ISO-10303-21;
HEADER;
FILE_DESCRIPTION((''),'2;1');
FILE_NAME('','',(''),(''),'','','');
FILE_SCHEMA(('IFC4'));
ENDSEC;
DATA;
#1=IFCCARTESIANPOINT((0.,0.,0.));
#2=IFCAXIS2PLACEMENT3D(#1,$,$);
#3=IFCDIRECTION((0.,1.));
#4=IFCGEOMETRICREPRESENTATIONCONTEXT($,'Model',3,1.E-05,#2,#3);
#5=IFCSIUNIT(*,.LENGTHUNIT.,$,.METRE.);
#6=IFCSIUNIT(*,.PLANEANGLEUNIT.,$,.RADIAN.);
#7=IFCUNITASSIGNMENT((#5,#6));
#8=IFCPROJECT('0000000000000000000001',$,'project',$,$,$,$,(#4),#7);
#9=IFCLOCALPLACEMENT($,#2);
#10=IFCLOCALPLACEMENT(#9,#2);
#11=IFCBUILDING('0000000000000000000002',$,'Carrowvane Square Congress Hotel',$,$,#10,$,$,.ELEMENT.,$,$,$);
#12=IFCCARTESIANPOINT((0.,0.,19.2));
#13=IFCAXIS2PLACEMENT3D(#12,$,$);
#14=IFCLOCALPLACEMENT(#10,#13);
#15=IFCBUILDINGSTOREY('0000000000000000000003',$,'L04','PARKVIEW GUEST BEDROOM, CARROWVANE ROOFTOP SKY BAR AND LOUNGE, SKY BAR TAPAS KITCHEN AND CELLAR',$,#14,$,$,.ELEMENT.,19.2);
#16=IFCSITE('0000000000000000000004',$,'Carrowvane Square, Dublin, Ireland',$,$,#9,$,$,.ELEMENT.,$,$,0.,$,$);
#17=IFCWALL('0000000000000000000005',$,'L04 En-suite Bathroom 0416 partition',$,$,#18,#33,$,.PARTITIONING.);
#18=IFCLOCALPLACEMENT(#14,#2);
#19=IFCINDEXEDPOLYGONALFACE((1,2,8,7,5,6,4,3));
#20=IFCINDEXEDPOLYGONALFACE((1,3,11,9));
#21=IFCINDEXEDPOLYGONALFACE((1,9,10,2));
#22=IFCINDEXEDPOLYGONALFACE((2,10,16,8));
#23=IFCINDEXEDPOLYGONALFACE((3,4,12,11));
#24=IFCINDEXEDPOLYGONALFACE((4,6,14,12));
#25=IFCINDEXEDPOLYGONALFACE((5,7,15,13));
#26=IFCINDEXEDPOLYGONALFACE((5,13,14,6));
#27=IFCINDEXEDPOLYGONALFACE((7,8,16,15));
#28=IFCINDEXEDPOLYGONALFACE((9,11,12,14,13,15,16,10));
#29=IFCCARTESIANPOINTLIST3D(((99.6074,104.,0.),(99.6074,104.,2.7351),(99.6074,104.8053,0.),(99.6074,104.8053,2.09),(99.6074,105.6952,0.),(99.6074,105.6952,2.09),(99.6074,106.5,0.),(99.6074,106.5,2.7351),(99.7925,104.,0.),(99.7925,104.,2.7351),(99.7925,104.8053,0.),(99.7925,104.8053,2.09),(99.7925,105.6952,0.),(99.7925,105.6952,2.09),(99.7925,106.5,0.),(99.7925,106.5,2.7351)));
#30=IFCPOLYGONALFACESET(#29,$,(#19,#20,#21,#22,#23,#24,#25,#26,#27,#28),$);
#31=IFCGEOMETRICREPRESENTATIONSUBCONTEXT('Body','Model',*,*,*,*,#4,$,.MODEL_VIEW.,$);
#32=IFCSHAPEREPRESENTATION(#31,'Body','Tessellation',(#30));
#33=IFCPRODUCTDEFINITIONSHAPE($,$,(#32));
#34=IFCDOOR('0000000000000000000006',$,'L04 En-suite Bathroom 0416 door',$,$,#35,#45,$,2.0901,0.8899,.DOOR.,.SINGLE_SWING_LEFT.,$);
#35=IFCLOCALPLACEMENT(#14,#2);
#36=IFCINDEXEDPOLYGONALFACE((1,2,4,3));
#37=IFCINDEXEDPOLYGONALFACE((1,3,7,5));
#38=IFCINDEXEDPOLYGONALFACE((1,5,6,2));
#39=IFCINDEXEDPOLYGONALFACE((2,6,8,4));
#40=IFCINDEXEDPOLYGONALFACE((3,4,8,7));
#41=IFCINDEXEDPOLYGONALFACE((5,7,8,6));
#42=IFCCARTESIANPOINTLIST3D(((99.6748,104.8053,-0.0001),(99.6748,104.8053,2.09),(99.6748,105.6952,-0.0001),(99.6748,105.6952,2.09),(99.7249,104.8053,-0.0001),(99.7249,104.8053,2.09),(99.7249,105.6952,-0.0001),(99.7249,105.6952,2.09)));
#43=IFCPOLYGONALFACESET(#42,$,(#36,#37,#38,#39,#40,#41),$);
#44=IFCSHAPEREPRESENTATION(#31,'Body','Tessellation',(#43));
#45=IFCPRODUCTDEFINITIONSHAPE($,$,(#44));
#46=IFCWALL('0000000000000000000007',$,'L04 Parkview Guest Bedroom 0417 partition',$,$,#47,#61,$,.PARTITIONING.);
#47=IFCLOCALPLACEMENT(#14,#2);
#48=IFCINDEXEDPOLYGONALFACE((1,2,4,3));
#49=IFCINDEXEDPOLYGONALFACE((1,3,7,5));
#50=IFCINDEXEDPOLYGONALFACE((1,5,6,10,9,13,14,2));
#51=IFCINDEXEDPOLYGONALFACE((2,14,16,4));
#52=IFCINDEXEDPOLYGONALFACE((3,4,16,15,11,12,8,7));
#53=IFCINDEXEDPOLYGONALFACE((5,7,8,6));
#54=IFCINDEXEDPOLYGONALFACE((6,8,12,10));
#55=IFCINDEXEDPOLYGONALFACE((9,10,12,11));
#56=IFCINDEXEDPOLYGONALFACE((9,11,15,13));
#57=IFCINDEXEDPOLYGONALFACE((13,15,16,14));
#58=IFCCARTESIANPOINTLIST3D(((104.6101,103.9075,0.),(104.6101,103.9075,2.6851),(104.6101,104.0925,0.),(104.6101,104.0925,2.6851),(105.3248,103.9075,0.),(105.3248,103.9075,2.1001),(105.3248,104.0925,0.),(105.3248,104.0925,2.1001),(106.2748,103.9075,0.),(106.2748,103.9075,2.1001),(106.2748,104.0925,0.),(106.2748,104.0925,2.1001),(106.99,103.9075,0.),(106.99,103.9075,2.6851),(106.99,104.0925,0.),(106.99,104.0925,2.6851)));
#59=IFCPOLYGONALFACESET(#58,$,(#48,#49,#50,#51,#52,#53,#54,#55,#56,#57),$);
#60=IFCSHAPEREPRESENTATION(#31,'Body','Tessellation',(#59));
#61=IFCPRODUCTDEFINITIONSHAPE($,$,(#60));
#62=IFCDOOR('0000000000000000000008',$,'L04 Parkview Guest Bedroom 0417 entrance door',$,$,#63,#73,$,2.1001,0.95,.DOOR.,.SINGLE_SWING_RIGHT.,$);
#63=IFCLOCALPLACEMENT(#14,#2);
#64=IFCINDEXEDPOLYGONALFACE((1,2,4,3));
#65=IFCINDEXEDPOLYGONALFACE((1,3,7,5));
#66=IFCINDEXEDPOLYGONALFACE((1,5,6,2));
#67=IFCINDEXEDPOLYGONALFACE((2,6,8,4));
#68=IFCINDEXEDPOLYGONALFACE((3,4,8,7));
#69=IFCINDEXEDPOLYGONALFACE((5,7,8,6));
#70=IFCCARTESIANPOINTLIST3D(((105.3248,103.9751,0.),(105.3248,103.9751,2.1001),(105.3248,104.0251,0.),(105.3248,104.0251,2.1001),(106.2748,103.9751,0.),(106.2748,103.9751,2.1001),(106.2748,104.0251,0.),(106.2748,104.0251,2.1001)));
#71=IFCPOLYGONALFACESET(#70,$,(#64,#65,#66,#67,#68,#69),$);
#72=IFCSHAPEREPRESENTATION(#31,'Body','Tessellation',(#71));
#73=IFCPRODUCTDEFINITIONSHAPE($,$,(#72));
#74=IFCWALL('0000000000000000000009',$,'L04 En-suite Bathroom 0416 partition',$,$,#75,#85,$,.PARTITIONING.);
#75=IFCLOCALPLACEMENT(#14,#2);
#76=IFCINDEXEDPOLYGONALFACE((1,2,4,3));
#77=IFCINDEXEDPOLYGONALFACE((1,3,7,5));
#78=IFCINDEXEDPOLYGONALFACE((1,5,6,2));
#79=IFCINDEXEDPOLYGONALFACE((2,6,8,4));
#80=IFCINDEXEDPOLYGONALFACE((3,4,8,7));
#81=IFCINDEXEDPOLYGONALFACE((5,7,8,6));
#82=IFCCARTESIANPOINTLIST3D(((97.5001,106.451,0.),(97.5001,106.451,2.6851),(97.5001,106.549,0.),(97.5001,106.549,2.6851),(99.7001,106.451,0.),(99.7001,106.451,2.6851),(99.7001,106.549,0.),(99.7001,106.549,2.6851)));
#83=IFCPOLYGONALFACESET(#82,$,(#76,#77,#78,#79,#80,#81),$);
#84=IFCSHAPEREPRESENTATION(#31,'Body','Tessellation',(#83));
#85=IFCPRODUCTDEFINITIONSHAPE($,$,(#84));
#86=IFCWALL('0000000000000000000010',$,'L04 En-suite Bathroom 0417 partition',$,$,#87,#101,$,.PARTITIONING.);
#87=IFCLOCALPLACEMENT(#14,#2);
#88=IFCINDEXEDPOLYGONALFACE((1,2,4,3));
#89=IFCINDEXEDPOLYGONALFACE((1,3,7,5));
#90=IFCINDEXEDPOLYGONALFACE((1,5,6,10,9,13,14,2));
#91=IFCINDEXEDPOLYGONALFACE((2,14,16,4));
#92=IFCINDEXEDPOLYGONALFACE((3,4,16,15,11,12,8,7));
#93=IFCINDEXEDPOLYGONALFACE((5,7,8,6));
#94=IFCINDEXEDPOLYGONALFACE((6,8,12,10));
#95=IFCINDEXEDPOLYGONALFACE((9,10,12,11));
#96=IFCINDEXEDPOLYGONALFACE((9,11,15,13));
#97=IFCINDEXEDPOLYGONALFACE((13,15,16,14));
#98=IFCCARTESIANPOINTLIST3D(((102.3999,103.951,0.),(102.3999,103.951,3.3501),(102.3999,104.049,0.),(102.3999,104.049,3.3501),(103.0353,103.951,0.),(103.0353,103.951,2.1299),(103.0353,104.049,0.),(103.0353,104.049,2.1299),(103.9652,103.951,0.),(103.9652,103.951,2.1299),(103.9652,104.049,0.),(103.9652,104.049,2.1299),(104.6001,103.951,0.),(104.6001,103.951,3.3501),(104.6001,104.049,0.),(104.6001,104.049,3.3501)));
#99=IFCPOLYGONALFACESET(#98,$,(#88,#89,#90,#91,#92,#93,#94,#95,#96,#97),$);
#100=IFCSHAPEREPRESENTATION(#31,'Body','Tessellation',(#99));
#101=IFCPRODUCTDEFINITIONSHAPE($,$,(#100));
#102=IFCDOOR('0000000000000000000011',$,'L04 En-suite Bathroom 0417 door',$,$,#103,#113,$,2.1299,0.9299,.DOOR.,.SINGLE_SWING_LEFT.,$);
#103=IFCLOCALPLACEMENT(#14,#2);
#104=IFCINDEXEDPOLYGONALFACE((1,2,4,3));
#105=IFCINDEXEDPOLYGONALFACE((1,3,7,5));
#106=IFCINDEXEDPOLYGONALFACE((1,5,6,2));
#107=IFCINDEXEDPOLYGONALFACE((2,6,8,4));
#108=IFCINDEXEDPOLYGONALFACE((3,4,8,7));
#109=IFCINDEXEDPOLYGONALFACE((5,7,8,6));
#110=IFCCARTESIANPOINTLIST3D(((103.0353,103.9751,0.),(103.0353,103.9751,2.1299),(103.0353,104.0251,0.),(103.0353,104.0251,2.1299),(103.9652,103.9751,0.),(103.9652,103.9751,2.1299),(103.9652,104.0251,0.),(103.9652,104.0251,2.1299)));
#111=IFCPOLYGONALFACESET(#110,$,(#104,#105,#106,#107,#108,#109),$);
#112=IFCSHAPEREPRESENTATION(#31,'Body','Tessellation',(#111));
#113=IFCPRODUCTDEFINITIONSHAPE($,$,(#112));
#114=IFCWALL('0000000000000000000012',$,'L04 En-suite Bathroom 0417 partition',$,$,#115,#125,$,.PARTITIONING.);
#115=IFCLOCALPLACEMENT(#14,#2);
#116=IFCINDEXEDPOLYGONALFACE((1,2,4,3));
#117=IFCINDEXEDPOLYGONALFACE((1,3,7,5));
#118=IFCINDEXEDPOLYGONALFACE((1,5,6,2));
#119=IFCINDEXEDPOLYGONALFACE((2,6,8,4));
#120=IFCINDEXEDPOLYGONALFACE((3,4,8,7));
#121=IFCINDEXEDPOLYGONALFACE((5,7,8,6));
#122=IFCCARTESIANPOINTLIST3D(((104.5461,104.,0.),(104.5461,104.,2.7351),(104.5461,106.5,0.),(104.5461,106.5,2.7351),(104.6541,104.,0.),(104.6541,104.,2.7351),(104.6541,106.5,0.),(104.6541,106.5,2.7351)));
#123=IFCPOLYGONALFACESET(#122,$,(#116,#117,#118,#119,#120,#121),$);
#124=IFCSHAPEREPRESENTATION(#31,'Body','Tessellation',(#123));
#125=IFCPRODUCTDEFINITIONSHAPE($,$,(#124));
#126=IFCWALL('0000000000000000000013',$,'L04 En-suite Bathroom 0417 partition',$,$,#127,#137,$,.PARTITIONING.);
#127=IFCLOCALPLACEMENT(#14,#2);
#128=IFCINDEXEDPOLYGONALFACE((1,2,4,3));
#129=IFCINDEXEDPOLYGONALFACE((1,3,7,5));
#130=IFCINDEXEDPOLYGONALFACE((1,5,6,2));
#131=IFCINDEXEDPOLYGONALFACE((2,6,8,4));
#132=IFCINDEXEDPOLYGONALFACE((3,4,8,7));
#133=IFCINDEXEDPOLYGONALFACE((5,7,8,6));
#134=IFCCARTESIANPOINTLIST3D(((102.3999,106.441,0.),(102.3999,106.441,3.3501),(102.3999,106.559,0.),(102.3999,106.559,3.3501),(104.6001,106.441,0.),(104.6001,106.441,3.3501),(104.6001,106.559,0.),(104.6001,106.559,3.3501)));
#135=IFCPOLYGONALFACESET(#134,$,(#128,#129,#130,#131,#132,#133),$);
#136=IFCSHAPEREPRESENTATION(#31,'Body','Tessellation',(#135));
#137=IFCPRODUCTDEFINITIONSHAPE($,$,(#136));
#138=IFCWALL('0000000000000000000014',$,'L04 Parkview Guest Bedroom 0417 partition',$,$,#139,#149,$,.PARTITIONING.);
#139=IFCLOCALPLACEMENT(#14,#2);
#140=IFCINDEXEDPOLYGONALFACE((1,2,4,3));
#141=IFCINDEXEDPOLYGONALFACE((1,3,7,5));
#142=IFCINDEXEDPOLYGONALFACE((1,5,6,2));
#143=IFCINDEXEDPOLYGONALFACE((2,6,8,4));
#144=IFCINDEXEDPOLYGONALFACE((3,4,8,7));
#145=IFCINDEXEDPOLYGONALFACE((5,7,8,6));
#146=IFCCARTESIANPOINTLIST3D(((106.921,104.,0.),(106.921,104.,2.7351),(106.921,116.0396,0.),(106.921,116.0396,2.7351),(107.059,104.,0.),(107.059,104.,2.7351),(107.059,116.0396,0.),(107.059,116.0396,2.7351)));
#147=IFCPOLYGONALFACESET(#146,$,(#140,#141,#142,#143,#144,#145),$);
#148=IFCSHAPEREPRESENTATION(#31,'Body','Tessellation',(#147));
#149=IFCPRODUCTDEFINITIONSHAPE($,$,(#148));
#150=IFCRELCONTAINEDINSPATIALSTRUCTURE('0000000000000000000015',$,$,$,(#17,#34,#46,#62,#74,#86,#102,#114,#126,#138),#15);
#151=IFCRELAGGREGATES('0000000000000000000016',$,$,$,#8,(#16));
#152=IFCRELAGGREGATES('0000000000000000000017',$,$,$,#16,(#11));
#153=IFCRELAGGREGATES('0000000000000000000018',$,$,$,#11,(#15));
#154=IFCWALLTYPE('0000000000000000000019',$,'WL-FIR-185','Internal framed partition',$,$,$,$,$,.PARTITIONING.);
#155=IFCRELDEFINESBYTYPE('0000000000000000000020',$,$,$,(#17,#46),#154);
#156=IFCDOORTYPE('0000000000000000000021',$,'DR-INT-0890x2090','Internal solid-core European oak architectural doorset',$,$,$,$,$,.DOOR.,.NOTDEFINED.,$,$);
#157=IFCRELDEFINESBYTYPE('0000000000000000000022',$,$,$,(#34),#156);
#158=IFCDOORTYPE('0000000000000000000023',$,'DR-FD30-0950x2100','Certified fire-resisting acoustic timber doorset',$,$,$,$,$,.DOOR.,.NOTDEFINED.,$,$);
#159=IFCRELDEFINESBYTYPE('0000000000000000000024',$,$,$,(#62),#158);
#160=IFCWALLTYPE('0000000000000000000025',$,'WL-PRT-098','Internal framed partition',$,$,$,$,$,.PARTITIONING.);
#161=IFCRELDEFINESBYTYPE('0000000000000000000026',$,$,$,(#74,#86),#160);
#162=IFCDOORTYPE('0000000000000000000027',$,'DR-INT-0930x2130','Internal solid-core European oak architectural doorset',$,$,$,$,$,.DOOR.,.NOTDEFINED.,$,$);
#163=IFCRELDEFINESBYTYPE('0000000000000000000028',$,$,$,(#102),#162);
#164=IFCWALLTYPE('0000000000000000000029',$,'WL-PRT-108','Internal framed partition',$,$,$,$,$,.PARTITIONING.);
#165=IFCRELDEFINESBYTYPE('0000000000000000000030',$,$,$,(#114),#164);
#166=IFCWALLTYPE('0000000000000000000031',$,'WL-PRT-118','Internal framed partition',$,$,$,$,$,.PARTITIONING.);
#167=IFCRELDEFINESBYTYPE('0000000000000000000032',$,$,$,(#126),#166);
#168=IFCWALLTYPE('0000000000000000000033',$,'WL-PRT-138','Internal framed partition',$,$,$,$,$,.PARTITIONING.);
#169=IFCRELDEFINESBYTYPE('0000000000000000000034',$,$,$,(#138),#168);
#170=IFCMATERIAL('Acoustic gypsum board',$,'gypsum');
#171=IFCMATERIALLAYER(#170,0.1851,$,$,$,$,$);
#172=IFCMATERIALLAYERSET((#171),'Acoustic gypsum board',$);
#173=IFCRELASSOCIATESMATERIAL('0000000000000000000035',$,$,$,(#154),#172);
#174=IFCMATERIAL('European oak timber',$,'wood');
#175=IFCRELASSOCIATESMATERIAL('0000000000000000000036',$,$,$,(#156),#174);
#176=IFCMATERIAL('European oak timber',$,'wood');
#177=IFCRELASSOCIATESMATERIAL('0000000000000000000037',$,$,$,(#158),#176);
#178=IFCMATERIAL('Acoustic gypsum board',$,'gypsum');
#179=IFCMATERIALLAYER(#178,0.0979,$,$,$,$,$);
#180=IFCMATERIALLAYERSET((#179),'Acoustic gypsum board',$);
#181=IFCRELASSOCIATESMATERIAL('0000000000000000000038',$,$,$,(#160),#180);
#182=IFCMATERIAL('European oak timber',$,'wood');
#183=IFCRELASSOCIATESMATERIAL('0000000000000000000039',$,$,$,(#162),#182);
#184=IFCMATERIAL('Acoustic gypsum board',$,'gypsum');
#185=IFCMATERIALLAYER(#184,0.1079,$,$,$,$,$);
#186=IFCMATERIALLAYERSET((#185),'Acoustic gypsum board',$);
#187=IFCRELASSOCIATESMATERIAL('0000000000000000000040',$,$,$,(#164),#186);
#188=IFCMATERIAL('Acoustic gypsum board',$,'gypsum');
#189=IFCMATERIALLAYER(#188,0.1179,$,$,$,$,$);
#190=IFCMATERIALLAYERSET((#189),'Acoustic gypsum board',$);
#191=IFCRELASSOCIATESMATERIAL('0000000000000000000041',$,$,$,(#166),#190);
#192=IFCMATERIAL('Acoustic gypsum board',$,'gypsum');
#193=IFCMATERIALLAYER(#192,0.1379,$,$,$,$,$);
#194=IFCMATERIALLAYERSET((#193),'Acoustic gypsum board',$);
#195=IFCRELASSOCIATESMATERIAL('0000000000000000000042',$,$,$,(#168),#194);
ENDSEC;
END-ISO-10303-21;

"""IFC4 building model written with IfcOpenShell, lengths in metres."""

from ifc_helpers import new_model, si_unit, direction, frame, frame_2d, origin, place, context, subcontext, project, spatial, rectangle, extrude, material, layer, layer_set, type_object, element, fill, save


model = new_model("IFC4")

# Units and contexts
model_context = context("Model", 3, precision=1e-05, world=origin(), true_north=direction((0.0, 1.0)))
body_context = subcontext(model_context, "Body", "Model", "MODEL_VIEW")
ifc_project = project(units=[si_unit("LENGTHUNIT", "METRE"), si_unit("PLANEANGLEUNIT", "RADIAN")], contexts=[model_context])

# Site, building, storey
site_placement = place(None, origin())
site = spatial("IfcSite", under=ifc_project, at=site_placement, Name="Carrowvane Square, Dublin, Ireland", CompositionType="ELEMENT", RefElevation=0.0)
building_placement = place(site_placement, origin())
building = spatial("IfcBuilding", under=site, at=building_placement, Name="Carrowvane Square Congress Hotel", CompositionType="ELEMENT")
storey_placement = place(building_placement, frame((0.0, 0.0, 19.2)))
storey = spatial("IfcBuildingStorey", under=building, at=storey_placement, Name="L04", Description="PARKVIEW GUEST BEDROOM, CARROWVANE ROOFTOP SKY BAR AND LOUNGE, SKY BAR TAPAS KITCHEN AND CELLAR", CompositionType="ELEMENT", Elevation=19.2)

# Walls, openings, doors
ifc_material_1 = material(Name="Acoustic gypsum board", Category="gypsum")
ifc_layer_1 = layer(ifc_material_1, 0.1851)
ifc_layer_set_1 = layer_set([ifc_layer_1], Name="Acoustic gypsum board")
wall_type_1 = type_object("IfcWallType", Name="WL-FIR-185", Description="Internal framed partition", PredefinedType="PARTITIONING", material=ifc_layer_set_1)
wall_1_placement = place(storey_placement, frame((99.7, 106.5, 0.0), z_axis=(0.0, 0.0, 1.0), x_axis=(0.0, -1.0, 0.0)))
wall_1 = element("IfcWall", 1, at=wall_1_placement, inside=storey, type_object=wall_type_1, Name="L04 En-suite Bathroom 0416 partition", PredefinedType="PARTITIONING", context=body_context, shape_type="SweptSolid", body=[
    extrude(rectangle(XDim=2.5, YDim=0.1851, at=frame_2d((1.25, 0.0))), origin(), (0.0, 0.0, 1.0), 2.7351),
])
opening_1_placement = place(wall_1_placement, frame((0.8049, 0.0, 0.0)))
opening_1 = element("IfcOpeningElement", 2, at=opening_1_placement, cuts=wall_1, PredefinedType="OPENING", context=body_context, shape_type="SweptSolid", body=[
    extrude(rectangle(XDim=0.8899, YDim=2.0901, at=frame_2d((0.4448, 1.0449))), frame((0.0, 0.1025, 0.0), z_axis=(0.0, -1.0, 0.0), x_axis=(1.0, 0.0, 0.0)), (0.0, 0.0, 1.0), 0.2051),
])
ifc_material_2 = material(Name="European oak timber", Category="wood")
door_type_1 = type_object("IfcDoorType", Name="DR-INT-0890x2090", Description="Internal solid-core European oak architectural doorset", OperationType="NOTDEFINED", PredefinedType="DOOR", material=ifc_material_2)
door_1_placement = place(opening_1_placement, origin())
door_1 = element("IfcDoor", 3, at=door_1_placement, inside=storey, type_object=door_type_1, Name="L04 En-suite Bathroom 0416 door", OperationType="SINGLE_SWING_LEFT", OverallHeight=2.0901, OverallWidth=0.8899, PredefinedType="DOOR", context=body_context, shape_type="SweptSolid", body=[
    extrude(rectangle(XDim=0.8899, YDim=2.0901, at=frame_2d((0.4448, 1.0449))), frame((0.0, 0.0249, 0.0), z_axis=(0.0, -1.0, 0.0), x_axis=(1.0, 0.0, 0.0)), (0.0, 0.0, 1.0), 0.05),
])
fill(opening_1, door_1)
wall_2_placement = place(storey_placement, frame((106.99, 104.0, 0.0), z_axis=(0.0, 0.0, 1.0), x_axis=(-1.0, 0.0, 0.0)))
wall_2 = element("IfcWall", 4, at=wall_2_placement, inside=storey, type_object=wall_type_1, Name="L04 Parkview Guest Bedroom 0417 partition", PredefinedType="PARTITIONING", context=body_context, shape_type="SweptSolid", body=[
    extrude(rectangle(XDim=2.3799, YDim=0.1851, at=frame_2d((1.1899, 0.0))), origin(), (0.0, 0.0, 1.0), 2.6851),
])
opening_2_placement = place(wall_2_placement, frame((0.7151, 0.0, 0.0)))
opening_2 = element("IfcOpeningElement", 5, at=opening_2_placement, cuts=wall_2, PredefinedType="OPENING", context=body_context, shape_type="SweptSolid", body=[
    extrude(rectangle(XDim=0.95, YDim=2.1001, at=frame_2d((0.4751, 1.05))), frame((0.0, 0.1025, 0.0), z_axis=(0.0, -1.0, 0.0), x_axis=(1.0, 0.0, 0.0)), (0.0, 0.0, 1.0), 0.2051),
])
ifc_material_3 = material(Name="European oak timber", Category="wood")
door_type_2 = type_object("IfcDoorType", Name="DR-FD30-0950x2100", Description="Certified fire-resisting acoustic timber doorset", OperationType="NOTDEFINED", PredefinedType="DOOR", material=ifc_material_3)
door_2_placement = place(opening_2_placement, origin())
door_2 = element("IfcDoor", 6, at=door_2_placement, inside=storey, type_object=door_type_2, Name="L04 Parkview Guest Bedroom 0417 entrance door", OperationType="SINGLE_SWING_RIGHT", OverallHeight=2.1001, OverallWidth=0.95, PredefinedType="DOOR", context=body_context, shape_type="SweptSolid", body=[
    extrude(rectangle(XDim=0.95, YDim=2.1001, at=frame_2d((0.4751, 1.05))), frame((0.0, 0.0249, 0.0), z_axis=(0.0, -1.0, 0.0), x_axis=(1.0, 0.0, 0.0)), (0.0, 0.0, 1.0), 0.05),
])
fill(opening_2, door_2)

# Wall
ifc_material_4 = material(Name="Acoustic gypsum board", Category="gypsum")
ifc_layer_2 = layer(ifc_material_4, 0.0979)
ifc_layer_set_2 = layer_set([ifc_layer_2], Name="Acoustic gypsum board")
wall_type_2 = type_object("IfcWallType", Name="WL-PRT-098", Description="Internal framed partition", PredefinedType="PARTITIONING", material=ifc_layer_set_2)
wall_3_placement = place(storey_placement, frame((97.5, 106.5, 0.0), z_axis=(0.0, 0.0, 1.0), x_axis=(1.0, 0.0, 0.0)))
element("IfcWall", 7, at=wall_3_placement, inside=storey, type_object=wall_type_2, Name="L04 En-suite Bathroom 0416 partition", PredefinedType="PARTITIONING", context=body_context, shape_type="SweptSolid", body=[
    extrude(rectangle(XDim=2.2, YDim=0.0979, at=frame_2d((1.1001, 0.0))), origin(), (0.0, 0.0, 1.0), 2.6851),
])

# Wall, opening, door
wall_4_placement = place(storey_placement, frame((104.6001, 104.0, 0.0), z_axis=(0.0, 0.0, 1.0), x_axis=(-1.0, 0.0, 0.0)))
wall_4 = element("IfcWall", 8, at=wall_4_placement, inside=storey, type_object=wall_type_2, Name="L04 En-suite Bathroom 0417 partition", PredefinedType="PARTITIONING", context=body_context, shape_type="SweptSolid", body=[
    extrude(rectangle(XDim=2.2002, YDim=0.0979, at=frame_2d((1.1001, 0.0))), origin(), (0.0, 0.0, 1.0), 3.3501),
])
opening_3_placement = place(wall_4_placement, frame((0.635, 0.0, 0.0)))
opening_3 = element("IfcOpeningElement", 9, at=opening_3_placement, cuts=wall_4, PredefinedType="OPENING", context=body_context, shape_type="SweptSolid", body=[
    extrude(rectangle(XDim=0.9299, YDim=2.1299, at=frame_2d((0.4648, 1.0649))), frame((0.0, 0.0588, 0.0), z_axis=(0.0, -1.0, 0.0), x_axis=(1.0, 0.0, 0.0)), (0.0, 0.0, 1.0), 0.1179),
])
ifc_material_5 = material(Name="European oak timber", Category="wood")
door_type_3 = type_object("IfcDoorType", Name="DR-INT-0930x2130", Description="Internal solid-core European oak architectural doorset", OperationType="NOTDEFINED", PredefinedType="DOOR", material=ifc_material_5)
door_3_placement = place(opening_3_placement, origin())
door_3 = element("IfcDoor", 10, at=door_3_placement, inside=storey, type_object=door_type_3, Name="L04 En-suite Bathroom 0417 door", OperationType="SINGLE_SWING_LEFT", OverallHeight=2.1299, OverallWidth=0.9299, PredefinedType="DOOR", context=body_context, shape_type="SweptSolid", body=[
    extrude(rectangle(XDim=0.9299, YDim=2.1299, at=frame_2d((0.4648, 1.0649))), frame((0.0, 0.0249, 0.0), z_axis=(0.0, -1.0, 0.0), x_axis=(1.0, 0.0, 0.0)), (0.0, 0.0, 1.0), 0.05),
])
fill(opening_3, door_3)

# Walls
ifc_material_6 = material(Name="Acoustic gypsum board", Category="gypsum")
ifc_layer_3 = layer(ifc_material_6, 0.1079)
ifc_layer_set_3 = layer_set([ifc_layer_3], Name="Acoustic gypsum board")
wall_type_3 = type_object("IfcWallType", Name="WL-PRT-108", Description="Internal framed partition", PredefinedType="PARTITIONING", material=ifc_layer_set_3)
wall_5_placement = place(storey_placement, frame((104.6001, 106.5, 0.0), z_axis=(0.0, 0.0, 1.0), x_axis=(0.0, -1.0, 0.0)))
element("IfcWall", 11, at=wall_5_placement, inside=storey, type_object=wall_type_3, Name="L04 En-suite Bathroom 0417 partition", PredefinedType="PARTITIONING", context=body_context, shape_type="SweptSolid", body=[
    extrude(rectangle(XDim=2.5, YDim=0.1079, at=frame_2d((1.25, 0.0))), origin(), (0.0, 0.0, 1.0), 2.7351),
])
ifc_material_7 = material(Name="Acoustic gypsum board", Category="gypsum")
ifc_layer_4 = layer(ifc_material_7, 0.1179)
ifc_layer_set_4 = layer_set([ifc_layer_4], Name="Acoustic gypsum board")
wall_type_4 = type_object("IfcWallType", Name="WL-PRT-118", Description="Internal framed partition", PredefinedType="PARTITIONING", material=ifc_layer_set_4)
wall_6_placement = place(storey_placement, frame((102.3999, 106.5, 0.0), z_axis=(0.0, 0.0, 1.0), x_axis=(1.0, 0.0, 0.0)))
element("IfcWall", 12, at=wall_6_placement, inside=storey, type_object=wall_type_4, Name="L04 En-suite Bathroom 0417 partition", PredefinedType="PARTITIONING", context=body_context, shape_type="SweptSolid", body=[
    extrude(rectangle(XDim=2.2002, YDim=0.1179, at=frame_2d((1.1001, 0.0))), origin(), (0.0, 0.0, 1.0), 3.3501),
])
ifc_material_8 = material(Name="Acoustic gypsum board", Category="gypsum")
ifc_layer_5 = layer(ifc_material_8, 0.1379)
ifc_layer_set_5 = layer_set([ifc_layer_5], Name="Acoustic gypsum board")
wall_type_5 = type_object("IfcWallType", Name="WL-PRT-138", Description="Internal framed partition", PredefinedType="PARTITIONING", material=ifc_layer_set_5)
wall_7_placement = place(storey_placement, frame((106.99, 116.0396, 0.0), z_axis=(0.0, 0.0, 1.0), x_axis=(0.0, -1.0, 0.0)))
element("IfcWall", 13, at=wall_7_placement, inside=storey, type_object=wall_type_5, Name="L04 Parkview Guest Bedroom 0417 partition", PredefinedType="PARTITIONING", context=body_context, shape_type="SweptSolid", body=[
    extrude(rectangle(XDim=12.0396, YDim=0.1379, at=frame_2d((6.0198, 0.0))), origin(), (0.0, 0.0, 1.0), 2.7351),
])

save(model, "model.ifc")
